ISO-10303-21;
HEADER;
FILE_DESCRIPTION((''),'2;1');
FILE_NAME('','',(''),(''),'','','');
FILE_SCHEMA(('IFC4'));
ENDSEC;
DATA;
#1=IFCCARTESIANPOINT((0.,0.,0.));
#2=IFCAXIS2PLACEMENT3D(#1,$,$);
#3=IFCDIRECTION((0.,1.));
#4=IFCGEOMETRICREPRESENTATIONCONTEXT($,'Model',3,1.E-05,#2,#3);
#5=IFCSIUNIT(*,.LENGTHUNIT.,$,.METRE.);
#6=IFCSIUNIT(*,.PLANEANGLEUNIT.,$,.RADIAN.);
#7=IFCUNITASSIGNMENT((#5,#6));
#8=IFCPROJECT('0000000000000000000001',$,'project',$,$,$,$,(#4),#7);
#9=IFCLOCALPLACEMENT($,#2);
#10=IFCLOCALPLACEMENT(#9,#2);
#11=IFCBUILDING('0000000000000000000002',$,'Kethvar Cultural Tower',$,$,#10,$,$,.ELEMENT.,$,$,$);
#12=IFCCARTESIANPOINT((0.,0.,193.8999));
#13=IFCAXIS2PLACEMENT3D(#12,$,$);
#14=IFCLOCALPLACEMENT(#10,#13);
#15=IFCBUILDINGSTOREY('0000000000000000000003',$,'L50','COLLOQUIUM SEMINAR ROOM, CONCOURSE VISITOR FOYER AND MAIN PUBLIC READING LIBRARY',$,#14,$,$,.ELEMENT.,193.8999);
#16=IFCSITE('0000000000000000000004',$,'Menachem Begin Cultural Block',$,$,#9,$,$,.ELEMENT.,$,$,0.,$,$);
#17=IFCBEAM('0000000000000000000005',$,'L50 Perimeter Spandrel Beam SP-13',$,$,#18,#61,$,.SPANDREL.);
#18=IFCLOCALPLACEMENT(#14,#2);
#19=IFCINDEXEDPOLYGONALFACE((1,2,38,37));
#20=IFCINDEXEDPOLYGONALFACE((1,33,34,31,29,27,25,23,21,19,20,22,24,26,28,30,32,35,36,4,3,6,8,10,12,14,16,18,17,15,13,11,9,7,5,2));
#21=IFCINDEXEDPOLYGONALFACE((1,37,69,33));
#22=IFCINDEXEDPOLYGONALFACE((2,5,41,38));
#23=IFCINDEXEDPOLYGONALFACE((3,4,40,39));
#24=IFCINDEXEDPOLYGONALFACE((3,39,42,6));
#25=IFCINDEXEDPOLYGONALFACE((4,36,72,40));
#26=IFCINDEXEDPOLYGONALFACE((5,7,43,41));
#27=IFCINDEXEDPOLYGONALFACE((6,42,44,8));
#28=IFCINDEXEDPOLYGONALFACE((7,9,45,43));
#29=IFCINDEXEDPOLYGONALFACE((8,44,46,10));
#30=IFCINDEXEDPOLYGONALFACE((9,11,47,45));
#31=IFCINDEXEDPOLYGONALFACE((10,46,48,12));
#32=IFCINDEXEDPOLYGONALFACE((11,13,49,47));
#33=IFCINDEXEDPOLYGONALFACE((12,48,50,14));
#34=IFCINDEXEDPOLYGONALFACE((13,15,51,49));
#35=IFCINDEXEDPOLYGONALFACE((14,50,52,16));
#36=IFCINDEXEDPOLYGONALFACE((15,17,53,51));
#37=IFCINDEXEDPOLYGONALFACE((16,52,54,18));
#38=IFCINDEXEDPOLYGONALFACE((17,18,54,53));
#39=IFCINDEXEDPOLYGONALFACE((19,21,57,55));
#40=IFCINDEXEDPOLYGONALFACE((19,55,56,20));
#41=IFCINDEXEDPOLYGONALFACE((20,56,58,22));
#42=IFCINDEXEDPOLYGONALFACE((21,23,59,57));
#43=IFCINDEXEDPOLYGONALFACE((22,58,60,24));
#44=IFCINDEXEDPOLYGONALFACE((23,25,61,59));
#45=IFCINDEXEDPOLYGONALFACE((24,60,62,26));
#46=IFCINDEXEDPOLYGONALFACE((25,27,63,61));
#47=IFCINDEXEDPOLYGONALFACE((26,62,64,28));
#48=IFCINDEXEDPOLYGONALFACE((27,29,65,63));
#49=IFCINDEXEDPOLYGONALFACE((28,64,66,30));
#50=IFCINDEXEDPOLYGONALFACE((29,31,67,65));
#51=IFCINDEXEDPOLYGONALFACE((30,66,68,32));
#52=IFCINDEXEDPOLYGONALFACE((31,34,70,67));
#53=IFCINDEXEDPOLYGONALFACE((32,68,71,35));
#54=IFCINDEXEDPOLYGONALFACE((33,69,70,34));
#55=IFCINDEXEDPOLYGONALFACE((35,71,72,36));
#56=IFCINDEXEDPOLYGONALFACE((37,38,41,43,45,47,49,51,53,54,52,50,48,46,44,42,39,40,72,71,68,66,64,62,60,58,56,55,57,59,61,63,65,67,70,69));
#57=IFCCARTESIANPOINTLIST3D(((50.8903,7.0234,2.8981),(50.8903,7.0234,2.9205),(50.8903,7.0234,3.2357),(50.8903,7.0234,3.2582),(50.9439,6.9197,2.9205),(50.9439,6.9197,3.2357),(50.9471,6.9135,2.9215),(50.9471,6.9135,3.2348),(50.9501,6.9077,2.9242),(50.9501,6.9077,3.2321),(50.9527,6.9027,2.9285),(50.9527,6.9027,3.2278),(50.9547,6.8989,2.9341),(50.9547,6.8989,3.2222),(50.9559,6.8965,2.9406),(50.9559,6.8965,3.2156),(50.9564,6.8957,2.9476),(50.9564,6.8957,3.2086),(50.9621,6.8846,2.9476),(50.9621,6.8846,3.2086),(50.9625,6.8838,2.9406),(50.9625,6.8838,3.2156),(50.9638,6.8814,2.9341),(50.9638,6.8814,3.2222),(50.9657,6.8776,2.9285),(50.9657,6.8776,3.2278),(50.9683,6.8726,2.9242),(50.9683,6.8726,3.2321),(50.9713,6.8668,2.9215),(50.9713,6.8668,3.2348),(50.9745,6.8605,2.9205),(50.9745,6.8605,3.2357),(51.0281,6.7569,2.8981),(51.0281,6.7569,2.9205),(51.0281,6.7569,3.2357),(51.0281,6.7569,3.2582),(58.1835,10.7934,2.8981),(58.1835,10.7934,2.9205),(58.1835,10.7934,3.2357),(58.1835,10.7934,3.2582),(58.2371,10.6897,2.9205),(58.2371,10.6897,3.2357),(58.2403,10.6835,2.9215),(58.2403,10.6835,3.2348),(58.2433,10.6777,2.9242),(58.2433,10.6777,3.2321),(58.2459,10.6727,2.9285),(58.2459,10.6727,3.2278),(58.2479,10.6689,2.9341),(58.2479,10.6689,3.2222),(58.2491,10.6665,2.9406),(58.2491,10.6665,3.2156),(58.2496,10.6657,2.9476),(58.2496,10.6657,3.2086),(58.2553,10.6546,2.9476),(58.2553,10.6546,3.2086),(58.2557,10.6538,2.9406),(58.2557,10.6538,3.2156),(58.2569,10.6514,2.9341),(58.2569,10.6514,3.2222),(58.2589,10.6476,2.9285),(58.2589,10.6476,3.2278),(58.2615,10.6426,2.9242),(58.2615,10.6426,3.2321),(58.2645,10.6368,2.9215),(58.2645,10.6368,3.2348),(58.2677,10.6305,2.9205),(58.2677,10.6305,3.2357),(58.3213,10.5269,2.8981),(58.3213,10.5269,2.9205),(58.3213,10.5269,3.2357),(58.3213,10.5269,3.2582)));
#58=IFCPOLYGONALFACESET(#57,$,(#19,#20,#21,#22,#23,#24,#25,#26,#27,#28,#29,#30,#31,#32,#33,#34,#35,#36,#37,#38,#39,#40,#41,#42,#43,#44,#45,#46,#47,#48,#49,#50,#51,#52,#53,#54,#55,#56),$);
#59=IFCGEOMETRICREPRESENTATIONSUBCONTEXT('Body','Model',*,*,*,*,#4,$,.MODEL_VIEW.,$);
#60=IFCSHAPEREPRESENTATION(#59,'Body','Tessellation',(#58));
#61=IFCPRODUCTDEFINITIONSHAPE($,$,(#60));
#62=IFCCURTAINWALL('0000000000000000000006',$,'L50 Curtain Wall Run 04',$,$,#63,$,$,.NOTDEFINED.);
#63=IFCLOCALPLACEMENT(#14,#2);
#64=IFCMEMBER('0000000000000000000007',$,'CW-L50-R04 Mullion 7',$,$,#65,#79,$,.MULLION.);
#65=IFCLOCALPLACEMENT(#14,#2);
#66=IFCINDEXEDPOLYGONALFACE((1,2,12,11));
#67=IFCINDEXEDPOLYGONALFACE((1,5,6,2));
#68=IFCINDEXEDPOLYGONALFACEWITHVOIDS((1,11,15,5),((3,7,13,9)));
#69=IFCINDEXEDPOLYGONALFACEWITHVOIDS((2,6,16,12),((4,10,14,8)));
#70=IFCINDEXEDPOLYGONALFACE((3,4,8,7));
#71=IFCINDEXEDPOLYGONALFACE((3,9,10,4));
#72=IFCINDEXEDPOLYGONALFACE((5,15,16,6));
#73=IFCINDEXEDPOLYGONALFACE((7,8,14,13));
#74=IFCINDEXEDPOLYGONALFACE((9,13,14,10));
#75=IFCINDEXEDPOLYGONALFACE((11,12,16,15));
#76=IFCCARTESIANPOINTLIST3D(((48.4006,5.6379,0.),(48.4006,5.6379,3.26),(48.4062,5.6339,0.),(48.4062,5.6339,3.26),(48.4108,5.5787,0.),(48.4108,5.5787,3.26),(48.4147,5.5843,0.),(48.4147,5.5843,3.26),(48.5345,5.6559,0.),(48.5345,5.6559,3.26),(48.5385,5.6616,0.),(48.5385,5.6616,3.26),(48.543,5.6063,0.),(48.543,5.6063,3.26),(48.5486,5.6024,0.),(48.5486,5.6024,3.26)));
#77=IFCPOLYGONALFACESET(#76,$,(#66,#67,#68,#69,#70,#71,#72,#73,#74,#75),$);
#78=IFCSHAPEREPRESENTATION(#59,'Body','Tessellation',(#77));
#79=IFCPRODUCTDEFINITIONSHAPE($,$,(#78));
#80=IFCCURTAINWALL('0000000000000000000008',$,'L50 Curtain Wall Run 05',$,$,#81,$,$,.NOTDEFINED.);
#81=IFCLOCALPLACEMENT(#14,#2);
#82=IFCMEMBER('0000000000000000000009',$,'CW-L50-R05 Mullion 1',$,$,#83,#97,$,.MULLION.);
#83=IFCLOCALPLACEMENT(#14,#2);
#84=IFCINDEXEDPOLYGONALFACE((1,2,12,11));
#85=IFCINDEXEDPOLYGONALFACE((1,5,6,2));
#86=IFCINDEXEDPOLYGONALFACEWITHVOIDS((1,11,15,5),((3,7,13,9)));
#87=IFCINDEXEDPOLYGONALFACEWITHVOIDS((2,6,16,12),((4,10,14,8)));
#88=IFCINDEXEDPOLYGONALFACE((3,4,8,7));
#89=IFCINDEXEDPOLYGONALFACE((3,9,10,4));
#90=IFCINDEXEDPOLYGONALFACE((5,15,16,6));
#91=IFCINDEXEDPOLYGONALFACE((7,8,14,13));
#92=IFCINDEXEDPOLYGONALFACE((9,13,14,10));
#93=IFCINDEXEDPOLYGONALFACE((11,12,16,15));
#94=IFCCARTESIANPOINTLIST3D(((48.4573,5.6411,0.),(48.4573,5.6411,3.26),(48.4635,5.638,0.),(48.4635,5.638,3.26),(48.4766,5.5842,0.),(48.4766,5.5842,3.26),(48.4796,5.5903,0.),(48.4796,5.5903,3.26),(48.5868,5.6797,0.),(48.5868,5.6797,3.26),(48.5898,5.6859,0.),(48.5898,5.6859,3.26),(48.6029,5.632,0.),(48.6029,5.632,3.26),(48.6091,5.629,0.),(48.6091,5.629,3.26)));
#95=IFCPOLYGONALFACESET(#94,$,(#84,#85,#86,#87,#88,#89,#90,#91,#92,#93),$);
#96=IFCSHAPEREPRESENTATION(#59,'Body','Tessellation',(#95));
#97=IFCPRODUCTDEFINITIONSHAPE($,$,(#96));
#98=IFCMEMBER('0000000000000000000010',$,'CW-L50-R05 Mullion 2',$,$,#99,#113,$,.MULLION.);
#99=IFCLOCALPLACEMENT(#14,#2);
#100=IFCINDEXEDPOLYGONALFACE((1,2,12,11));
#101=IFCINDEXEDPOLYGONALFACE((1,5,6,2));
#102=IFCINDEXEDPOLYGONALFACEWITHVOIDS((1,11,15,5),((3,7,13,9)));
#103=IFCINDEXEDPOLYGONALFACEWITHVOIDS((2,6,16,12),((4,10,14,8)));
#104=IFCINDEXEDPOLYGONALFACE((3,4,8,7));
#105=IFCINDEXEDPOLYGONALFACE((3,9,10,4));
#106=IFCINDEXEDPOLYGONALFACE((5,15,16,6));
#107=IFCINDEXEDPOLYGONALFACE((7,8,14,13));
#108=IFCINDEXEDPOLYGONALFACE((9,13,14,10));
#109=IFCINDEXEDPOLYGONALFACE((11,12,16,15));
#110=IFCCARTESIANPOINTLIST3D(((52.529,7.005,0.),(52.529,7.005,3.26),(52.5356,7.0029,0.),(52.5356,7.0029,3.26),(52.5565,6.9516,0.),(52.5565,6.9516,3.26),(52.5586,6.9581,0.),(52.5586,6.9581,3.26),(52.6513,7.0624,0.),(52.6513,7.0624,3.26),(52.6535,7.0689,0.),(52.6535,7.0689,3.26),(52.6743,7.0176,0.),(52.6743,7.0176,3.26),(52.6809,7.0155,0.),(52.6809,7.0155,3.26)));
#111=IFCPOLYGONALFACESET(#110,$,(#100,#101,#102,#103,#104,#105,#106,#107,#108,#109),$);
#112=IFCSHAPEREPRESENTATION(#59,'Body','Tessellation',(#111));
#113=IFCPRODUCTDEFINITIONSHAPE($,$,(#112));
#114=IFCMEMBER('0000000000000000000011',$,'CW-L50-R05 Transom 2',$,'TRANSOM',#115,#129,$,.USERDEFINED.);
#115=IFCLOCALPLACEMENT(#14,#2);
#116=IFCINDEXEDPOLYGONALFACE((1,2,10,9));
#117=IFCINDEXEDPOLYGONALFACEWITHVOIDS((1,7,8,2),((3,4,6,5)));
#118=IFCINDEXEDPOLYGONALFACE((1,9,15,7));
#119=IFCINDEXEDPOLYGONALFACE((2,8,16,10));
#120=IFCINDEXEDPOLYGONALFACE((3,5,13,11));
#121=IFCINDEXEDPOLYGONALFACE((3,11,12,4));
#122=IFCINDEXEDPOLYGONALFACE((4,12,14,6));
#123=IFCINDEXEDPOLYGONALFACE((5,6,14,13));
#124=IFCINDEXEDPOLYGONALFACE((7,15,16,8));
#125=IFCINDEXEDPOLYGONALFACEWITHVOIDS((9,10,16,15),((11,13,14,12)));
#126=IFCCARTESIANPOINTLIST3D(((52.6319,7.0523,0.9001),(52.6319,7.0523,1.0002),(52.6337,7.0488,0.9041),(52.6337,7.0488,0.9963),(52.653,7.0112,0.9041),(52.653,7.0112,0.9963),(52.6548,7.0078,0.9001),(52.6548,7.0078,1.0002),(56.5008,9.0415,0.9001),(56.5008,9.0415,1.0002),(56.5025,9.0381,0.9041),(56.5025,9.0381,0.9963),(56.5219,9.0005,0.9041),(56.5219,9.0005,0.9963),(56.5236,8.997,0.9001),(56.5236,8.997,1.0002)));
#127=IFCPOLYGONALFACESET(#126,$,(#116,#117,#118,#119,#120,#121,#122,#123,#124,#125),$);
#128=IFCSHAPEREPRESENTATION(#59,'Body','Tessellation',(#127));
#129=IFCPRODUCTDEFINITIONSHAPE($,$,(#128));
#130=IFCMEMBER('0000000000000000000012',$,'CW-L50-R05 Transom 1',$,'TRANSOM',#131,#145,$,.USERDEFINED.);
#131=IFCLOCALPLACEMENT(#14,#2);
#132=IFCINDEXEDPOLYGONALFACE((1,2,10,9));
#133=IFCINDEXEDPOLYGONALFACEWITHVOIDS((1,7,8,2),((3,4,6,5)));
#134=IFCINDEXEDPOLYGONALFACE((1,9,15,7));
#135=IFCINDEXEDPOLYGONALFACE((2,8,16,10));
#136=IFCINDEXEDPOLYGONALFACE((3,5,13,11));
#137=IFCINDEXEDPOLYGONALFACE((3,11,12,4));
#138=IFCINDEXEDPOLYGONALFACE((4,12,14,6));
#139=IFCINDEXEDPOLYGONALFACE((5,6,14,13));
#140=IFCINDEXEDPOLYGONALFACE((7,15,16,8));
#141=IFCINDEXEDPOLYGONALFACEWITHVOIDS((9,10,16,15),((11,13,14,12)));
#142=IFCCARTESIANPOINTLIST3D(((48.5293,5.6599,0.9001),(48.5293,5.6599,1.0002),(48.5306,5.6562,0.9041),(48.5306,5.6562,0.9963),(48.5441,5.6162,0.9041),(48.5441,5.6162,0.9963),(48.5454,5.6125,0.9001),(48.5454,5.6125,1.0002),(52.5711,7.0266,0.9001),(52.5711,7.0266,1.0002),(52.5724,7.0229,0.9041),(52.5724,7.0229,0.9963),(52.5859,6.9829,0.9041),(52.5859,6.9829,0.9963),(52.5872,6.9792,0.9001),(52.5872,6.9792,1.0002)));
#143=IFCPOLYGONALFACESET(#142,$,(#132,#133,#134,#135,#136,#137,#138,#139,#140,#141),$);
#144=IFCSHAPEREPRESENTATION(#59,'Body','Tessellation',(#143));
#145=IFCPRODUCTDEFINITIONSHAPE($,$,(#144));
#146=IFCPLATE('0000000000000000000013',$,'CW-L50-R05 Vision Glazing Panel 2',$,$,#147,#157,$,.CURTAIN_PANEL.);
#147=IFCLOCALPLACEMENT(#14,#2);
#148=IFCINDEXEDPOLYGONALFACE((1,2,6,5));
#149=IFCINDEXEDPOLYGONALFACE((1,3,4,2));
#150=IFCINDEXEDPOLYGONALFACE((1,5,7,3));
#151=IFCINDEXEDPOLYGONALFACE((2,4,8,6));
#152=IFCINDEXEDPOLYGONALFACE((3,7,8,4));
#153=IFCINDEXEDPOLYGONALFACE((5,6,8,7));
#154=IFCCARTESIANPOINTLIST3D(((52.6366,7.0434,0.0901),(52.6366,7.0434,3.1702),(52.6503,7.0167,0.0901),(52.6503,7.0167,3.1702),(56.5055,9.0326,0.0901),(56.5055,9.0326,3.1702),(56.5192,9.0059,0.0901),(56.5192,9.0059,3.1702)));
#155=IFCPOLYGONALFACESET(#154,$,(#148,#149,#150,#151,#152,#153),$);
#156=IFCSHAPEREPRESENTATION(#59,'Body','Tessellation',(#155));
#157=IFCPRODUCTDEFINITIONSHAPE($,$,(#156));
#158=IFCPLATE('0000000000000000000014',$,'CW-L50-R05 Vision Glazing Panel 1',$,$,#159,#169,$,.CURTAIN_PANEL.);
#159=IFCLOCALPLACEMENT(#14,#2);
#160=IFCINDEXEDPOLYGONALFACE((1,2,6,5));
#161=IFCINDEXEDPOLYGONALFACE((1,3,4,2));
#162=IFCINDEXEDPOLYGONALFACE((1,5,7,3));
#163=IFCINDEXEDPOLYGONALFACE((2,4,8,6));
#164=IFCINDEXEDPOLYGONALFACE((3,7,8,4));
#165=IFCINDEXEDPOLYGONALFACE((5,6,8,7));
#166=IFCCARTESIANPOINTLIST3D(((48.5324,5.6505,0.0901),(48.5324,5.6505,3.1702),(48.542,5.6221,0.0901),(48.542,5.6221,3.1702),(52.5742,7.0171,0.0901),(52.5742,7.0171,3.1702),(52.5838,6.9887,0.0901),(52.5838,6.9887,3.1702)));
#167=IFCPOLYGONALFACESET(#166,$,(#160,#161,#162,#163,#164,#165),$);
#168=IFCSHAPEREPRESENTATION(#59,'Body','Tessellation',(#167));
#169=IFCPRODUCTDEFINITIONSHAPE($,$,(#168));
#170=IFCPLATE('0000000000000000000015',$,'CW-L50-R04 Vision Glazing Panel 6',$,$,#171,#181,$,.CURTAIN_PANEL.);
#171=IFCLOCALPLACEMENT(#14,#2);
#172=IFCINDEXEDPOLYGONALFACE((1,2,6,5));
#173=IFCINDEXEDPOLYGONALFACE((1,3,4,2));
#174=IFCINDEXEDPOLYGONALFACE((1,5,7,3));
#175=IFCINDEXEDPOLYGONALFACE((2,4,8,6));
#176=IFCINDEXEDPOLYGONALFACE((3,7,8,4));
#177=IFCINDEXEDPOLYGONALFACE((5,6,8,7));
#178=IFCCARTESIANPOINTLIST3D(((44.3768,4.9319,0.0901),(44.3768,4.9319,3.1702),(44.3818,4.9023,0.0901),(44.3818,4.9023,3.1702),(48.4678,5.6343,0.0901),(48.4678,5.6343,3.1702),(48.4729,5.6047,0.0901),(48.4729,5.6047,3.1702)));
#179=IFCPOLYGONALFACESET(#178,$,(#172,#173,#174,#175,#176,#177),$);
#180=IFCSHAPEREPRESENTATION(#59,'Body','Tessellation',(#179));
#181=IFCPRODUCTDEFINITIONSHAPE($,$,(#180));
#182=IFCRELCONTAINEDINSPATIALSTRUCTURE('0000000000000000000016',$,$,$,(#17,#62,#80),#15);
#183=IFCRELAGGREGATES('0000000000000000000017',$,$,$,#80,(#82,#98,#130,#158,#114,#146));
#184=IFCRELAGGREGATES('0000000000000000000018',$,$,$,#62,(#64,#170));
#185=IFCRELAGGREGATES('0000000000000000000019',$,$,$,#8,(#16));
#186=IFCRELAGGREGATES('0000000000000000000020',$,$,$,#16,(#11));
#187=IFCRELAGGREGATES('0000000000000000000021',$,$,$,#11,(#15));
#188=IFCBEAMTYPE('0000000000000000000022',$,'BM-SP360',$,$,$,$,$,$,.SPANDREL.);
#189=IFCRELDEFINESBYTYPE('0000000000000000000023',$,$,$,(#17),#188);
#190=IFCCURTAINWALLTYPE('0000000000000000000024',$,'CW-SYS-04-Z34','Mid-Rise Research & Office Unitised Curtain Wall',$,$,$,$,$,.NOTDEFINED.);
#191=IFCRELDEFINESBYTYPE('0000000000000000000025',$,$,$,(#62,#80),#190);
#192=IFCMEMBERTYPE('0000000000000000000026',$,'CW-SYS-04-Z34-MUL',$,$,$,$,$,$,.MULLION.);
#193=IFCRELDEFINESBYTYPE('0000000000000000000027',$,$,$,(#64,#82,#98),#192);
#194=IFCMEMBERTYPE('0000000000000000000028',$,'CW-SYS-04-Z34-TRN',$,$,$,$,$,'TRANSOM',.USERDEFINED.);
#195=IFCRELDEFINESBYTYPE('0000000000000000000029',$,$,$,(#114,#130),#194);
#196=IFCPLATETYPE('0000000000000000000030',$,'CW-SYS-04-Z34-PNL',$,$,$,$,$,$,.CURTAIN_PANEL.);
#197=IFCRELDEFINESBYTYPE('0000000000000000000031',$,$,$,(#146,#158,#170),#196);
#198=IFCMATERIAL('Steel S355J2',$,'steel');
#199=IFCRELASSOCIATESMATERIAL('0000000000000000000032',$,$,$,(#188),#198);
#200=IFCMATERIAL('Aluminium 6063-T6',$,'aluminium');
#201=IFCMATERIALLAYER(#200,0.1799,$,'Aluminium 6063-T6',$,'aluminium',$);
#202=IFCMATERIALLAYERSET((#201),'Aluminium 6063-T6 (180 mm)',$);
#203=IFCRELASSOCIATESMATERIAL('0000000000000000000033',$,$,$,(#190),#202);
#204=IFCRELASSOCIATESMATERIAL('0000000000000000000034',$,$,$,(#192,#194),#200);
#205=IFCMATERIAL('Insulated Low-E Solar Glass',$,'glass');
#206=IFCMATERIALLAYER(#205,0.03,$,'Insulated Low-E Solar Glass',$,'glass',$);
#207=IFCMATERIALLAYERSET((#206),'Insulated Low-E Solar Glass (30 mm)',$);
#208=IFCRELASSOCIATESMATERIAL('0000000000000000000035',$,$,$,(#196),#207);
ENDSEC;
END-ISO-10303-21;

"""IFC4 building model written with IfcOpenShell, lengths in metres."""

from ifc_helpers import new_model, si_unit, direction, frame, origin, origin_2d, place, context, subcontext, project, spatial, rectangle, hollow_rectangle, i_section, extrude, source, transform, mapped, material, layer, layer_set, material_profile, profile_set, type_object, element, aggregate, save


model = new_model("IFC4")

# Units and contexts
model_context = context("Model", 3, precision=1e-05, world=origin(), true_north=direction((0.0, 1.0)))
body_context = subcontext(model_context, "Body", "Model", "MODEL_VIEW")
ifc_project = project(units=[si_unit("LENGTHUNIT", "METRE"), si_unit("PLANEANGLEUNIT", "RADIAN")], contexts=[model_context])

# Site, building, storey
site_placement = place(None, origin())
site = spatial("IfcSite", under=ifc_project, at=site_placement, Name="Menachem Begin Cultural Block", CompositionType="ELEMENT", RefElevation=0.0)
building_placement = place(site_placement, origin())
building = spatial("IfcBuilding", under=site, at=building_placement, Name="Kethvar Cultural Tower", CompositionType="ELEMENT")
storey_placement = place(building_placement, frame((0.0, 0.0, 193.8999)))
storey = spatial("IfcBuildingStorey", under=building, at=storey_placement, Name="L50", Description="COLLOQUIUM SEMINAR ROOM, CONCOURSE VISITOR FOYER AND MAIN PUBLIC READING LIBRARY", CompositionType="ELEMENT", Elevation=193.8999)

# Beam
ifc_material_1 = material(Name="Steel S355J2", Category="steel")
ifc_material_profile_1 = material_profile(ifc_material_1, i_section(OverallWidth=0.3, OverallDepth=0.3601, WebThickness=0.0125, FlangeThickness=0.0225, FilletRadius=0.0271, at=origin_2d()), Name="Steel S355J2 — HEB360")
ifc_profile_set_1 = profile_set([ifc_material_profile_1], Name="Steel S355J2 — HEB360")
beam_type_1 = type_object("IfcBeamType", Name="BM-SP360", PredefinedType="SPANDREL", material=ifc_profile_set_1)
shared_shape_1 = source(origin(), body_context, "Body", "SweptSolid", [
    extrude(i_section(OverallWidth=0.3, OverallDepth=0.3601, WebThickness=0.0125, FlangeThickness=0.0225, FilletRadius=0.0271, at=origin_2d()), origin(), (0.0, 0.0, 1.0), 8.21),
])
beam_1_placement = place(storey_placement, frame((50.9592, 6.8901, 3.0781), z_axis=(0.888334, 0.459199, 0.0), x_axis=(-0.459199, 0.888334, 0.0)))
element("IfcBeam", 1, at=beam_1_placement, inside=storey, type_object=beam_type_1, Name="L50 Perimeter Spandrel Beam SP-13", PredefinedType="SPANDREL", context=body_context, shape_type="MappedRepresentation", body=[
    mapped(shared_shape_1, transform((0.0, 0.0, 0.0), scale=1.0)),
])

# Curtain wall, member
ifc_material_2 = material(Name="Aluminium 6063-T6", Category="aluminium")
ifc_layer_1 = layer(ifc_material_2, 0.1799, Name="Aluminium 6063-T6", Category="aluminium")
ifc_layer_set_1 = layer_set([ifc_layer_1], Name="Aluminium 6063-T6 (180 mm)")
curtain_wall_type = type_object("IfcCurtainWallType", Name="CW-SYS-04-Z34", Description="Mid-Rise Research & Office Unitised Curtain Wall", PredefinedType="NOTDEFINED", material=ifc_layer_set_1)
curtain_wall_1_placement = place(storey_placement, origin())
curtain_wall_1 = element("IfcCurtainWall", 2, at=curtain_wall_1_placement, inside=storey, type_object=curtain_wall_type, Name="L50 Curtain Wall Run 04", PredefinedType="NOTDEFINED")
ifc_material_profile_2 = material_profile(ifc_material_2, hollow_rectangle(XDim=0.0601, YDim=0.1399, WallThickness=0.0049, at=origin_2d()), Name="Aluminium 6063-T6 — RHS140x60x5")
ifc_profile_set_2 = profile_set([ifc_material_profile_2], Name="Aluminium 6063-T6 — RHS140x60x5")
member_type_1 = type_object("IfcMemberType", Name="CW-SYS-04-Z34-MUL", PredefinedType="MULLION", material=ifc_profile_set_2)
shared_shape_2 = source(origin(), body_context, "Body", "SweptSolid", [
    extrude(hollow_rectangle(XDim=0.0601, YDim=0.1399, WallThickness=0.0049, at=origin_2d()), origin(), (0.0, 0.0, 1.0), 3.26),
])
member_1_placement = place(storey_placement, frame((48.4746, 5.6201, 0.0), z_axis=(0.0, 0.0, 1.0), x_axis=(-0.169229, 0.985577, 0.0)))
member_1 = element("IfcMember", 3, at=member_1_placement, type_object=member_type_1, Name="CW-L50-R04 Mullion 7", PredefinedType="MULLION", context=body_context, shape_type="MappedRepresentation", body=[
    mapped(shared_shape_2, transform((0.0, 0.0, 0.0), scale=1.0)),
])

# Curtain wall, members, plates
curtain_wall_2_placement = place(storey_placement, origin())
curtain_wall_2 = element("IfcCurtainWall", 4, at=curtain_wall_2_placement, inside=storey, type_object=curtain_wall_type, Name="L50 Curtain Wall Run 05", PredefinedType="NOTDEFINED")
member_2_placement = place(storey_placement, frame((48.5332, 5.635, 0.0), z_axis=(0.0, 0.0, 1.0), x_axis=(-0.320299, 0.947317, 0.0)))
member_2 = element("IfcMember", 5, at=member_2_placement, type_object=member_type_1, Name="CW-L50-R05 Mullion 1", PredefinedType="MULLION", context=body_context, shape_type="MappedRepresentation", body=[
    mapped(shared_shape_2, transform((0.0, 0.0, 0.0), scale=1.0)),
])
member_3_placement = place(storey_placement, frame((52.605, 7.0103, 0.0), z_axis=(0.0, 0.0, 1.0), x_axis=(-0.457269, 0.889329, 0.0)))
member_3 = element("IfcMember", 6, at=member_3_placement, type_object=member_type_1, Name="CW-L50-R05 Mullion 2", PredefinedType="MULLION", context=body_context, shape_type="MappedRepresentation", body=[
    mapped(shared_shape_2, transform((0.0, 0.0, 0.0), scale=1.0)),
])
ifc_material_profile_3 = material_profile(ifc_material_2, hollow_rectangle(XDim=0.05, YDim=0.1001, WallThickness=0.0039, at=origin_2d()), Name="Aluminium 6063-T6 — RHS100x50x4")
ifc_profile_set_3 = profile_set([ifc_material_profile_3], Name="Aluminium 6063-T6 — RHS100x50x4")
member_type_2 = type_object("IfcMemberType", Name="CW-SYS-04-Z34-TRN", ElementType="TRANSOM", PredefinedType="USERDEFINED", material=ifc_profile_set_3)
shared_shape_3 = source(origin(), body_context, "Body", "SweptSolid", [
    extrude(hollow_rectangle(XDim=0.05, YDim=0.1001, WallThickness=0.0039, at=origin_2d()), origin(), (0.0, 0.0, 1.0), 4.3503),
])
member_4_placement = place(storey_placement, frame((52.6433, 7.03, 0.9502), z_axis=(0.889331, 0.457264, 0.0), x_axis=(-0.457264, 0.889331, 0.0)))
member_4 = element("IfcMember", 7, at=member_4_placement, type_object=member_type_2, Name="CW-L50-R05 Transom 2", ObjectType="TRANSOM", PredefinedType="USERDEFINED", context=body_context, shape_type="MappedRepresentation", body=[
    mapped(shared_shape_3, transform((0.0, 0.0, 0.0), scale=1.0)),
])
shared_shape_4 = source(origin(), body_context, "Body", "SweptSolid", [
    extrude(hollow_rectangle(XDim=0.05, YDim=0.1001, WallThickness=0.0039, at=origin_2d()), origin(), (0.0, 0.0, 1.0), 4.2666),
])
member_5_placement = place(storey_placement, frame((48.5374, 5.6362, 0.9502), z_axis=(0.947307, 0.320328, 0.0), x_axis=(-0.320328, 0.947307, 0.0)))
member_5 = element("IfcMember", 8, at=member_5_placement, type_object=member_type_2, Name="CW-L50-R05 Transom 1", ObjectType="TRANSOM", PredefinedType="USERDEFINED", context=body_context, shape_type="MappedRepresentation", body=[
    mapped(shared_shape_4, transform((0.0, 0.0, 0.0), scale=1.0)),
])
ifc_material_3 = material(Name="Insulated Low-E Solar Glass", Category="glass")
ifc_layer_2 = layer(ifc_material_3, 0.03, Name="Insulated Low-E Solar Glass", Category="glass")
ifc_layer_set_2 = layer_set([ifc_layer_2], Name="Insulated Low-E Solar Glass (30 mm)")
plate_type = type_object("IfcPlateType", Name="CW-SYS-04-Z34-PNL", PredefinedType="CURTAIN_PANEL", material=ifc_layer_set_2)
shared_shape_5 = source(origin(), body_context, "Body", "SweptSolid", [
    extrude(rectangle(XDim=4.3503, YDim=0.03, at=origin_2d()), origin(), (0.0, 0.0, 1.0), 3.0801),
])
plate_1_placement = place(storey_placement, frame((54.5779, 8.0247, 0.0901), z_axis=(0.0, 0.0, 1.0), x_axis=(0.889329, 0.457269, 0.0)))
plate_1 = element("IfcPlate", 9, at=plate_1_placement, type_object=plate_type, Name="CW-L50-R05 Vision Glazing Panel 2", PredefinedType="CURTAIN_PANEL", context=body_context, shape_type="MappedRepresentation", body=[
    mapped(shared_shape_5, transform((0.0, 0.0, 0.0), scale=1.0)),
])
shared_shape_6 = source(origin(), body_context, "Body", "SweptSolid", [
    extrude(rectangle(XDim=4.2666, YDim=0.03, at=origin_2d()), origin(), (0.0, 0.0, 1.0), 3.0801),
])
plate_2_placement = place(storey_placement, frame((50.5581, 6.3196, 0.0901), z_axis=(0.0, 0.0, 1.0), x_axis=(0.947317, 0.320299, 0.0)))
plate_2 = element("IfcPlate", 10, at=plate_2_placement, type_object=plate_type, Name="CW-L50-R05 Vision Glazing Panel 1", PredefinedType="CURTAIN_PANEL", context=body_context, shape_type="MappedRepresentation", body=[
    mapped(shared_shape_6, transform((0.0, 0.0, 0.0), scale=1.0)),
])
aggregate(curtain_wall_2, [member_2, member_3, member_5, plate_2, member_4, plate_1])

# Plate
shared_shape_7 = source(origin(), body_context, "Body", "SweptSolid", [
    extrude(rectangle(XDim=4.1509, YDim=0.03, at=origin_2d()), origin(), (0.0, 0.0, 1.0), 3.0801),
])
plate_3_placement = place(storey_placement, frame((46.4248, 5.2683, 0.0901), z_axis=(0.0, 0.0, 1.0), x_axis=(0.985577, 0.169229, 0.0)))
plate_3 = element("IfcPlate", 11, at=plate_3_placement, type_object=plate_type, Name="CW-L50-R04 Vision Glazing Panel 6", PredefinedType="CURTAIN_PANEL", context=body_context, shape_type="MappedRepresentation", body=[
    mapped(shared_shape_7, transform((0.0, 0.0, 0.0), scale=1.0)),
])
aggregate(curtain_wall_1, [member_1, plate_3])

save(model, "model.ifc")
